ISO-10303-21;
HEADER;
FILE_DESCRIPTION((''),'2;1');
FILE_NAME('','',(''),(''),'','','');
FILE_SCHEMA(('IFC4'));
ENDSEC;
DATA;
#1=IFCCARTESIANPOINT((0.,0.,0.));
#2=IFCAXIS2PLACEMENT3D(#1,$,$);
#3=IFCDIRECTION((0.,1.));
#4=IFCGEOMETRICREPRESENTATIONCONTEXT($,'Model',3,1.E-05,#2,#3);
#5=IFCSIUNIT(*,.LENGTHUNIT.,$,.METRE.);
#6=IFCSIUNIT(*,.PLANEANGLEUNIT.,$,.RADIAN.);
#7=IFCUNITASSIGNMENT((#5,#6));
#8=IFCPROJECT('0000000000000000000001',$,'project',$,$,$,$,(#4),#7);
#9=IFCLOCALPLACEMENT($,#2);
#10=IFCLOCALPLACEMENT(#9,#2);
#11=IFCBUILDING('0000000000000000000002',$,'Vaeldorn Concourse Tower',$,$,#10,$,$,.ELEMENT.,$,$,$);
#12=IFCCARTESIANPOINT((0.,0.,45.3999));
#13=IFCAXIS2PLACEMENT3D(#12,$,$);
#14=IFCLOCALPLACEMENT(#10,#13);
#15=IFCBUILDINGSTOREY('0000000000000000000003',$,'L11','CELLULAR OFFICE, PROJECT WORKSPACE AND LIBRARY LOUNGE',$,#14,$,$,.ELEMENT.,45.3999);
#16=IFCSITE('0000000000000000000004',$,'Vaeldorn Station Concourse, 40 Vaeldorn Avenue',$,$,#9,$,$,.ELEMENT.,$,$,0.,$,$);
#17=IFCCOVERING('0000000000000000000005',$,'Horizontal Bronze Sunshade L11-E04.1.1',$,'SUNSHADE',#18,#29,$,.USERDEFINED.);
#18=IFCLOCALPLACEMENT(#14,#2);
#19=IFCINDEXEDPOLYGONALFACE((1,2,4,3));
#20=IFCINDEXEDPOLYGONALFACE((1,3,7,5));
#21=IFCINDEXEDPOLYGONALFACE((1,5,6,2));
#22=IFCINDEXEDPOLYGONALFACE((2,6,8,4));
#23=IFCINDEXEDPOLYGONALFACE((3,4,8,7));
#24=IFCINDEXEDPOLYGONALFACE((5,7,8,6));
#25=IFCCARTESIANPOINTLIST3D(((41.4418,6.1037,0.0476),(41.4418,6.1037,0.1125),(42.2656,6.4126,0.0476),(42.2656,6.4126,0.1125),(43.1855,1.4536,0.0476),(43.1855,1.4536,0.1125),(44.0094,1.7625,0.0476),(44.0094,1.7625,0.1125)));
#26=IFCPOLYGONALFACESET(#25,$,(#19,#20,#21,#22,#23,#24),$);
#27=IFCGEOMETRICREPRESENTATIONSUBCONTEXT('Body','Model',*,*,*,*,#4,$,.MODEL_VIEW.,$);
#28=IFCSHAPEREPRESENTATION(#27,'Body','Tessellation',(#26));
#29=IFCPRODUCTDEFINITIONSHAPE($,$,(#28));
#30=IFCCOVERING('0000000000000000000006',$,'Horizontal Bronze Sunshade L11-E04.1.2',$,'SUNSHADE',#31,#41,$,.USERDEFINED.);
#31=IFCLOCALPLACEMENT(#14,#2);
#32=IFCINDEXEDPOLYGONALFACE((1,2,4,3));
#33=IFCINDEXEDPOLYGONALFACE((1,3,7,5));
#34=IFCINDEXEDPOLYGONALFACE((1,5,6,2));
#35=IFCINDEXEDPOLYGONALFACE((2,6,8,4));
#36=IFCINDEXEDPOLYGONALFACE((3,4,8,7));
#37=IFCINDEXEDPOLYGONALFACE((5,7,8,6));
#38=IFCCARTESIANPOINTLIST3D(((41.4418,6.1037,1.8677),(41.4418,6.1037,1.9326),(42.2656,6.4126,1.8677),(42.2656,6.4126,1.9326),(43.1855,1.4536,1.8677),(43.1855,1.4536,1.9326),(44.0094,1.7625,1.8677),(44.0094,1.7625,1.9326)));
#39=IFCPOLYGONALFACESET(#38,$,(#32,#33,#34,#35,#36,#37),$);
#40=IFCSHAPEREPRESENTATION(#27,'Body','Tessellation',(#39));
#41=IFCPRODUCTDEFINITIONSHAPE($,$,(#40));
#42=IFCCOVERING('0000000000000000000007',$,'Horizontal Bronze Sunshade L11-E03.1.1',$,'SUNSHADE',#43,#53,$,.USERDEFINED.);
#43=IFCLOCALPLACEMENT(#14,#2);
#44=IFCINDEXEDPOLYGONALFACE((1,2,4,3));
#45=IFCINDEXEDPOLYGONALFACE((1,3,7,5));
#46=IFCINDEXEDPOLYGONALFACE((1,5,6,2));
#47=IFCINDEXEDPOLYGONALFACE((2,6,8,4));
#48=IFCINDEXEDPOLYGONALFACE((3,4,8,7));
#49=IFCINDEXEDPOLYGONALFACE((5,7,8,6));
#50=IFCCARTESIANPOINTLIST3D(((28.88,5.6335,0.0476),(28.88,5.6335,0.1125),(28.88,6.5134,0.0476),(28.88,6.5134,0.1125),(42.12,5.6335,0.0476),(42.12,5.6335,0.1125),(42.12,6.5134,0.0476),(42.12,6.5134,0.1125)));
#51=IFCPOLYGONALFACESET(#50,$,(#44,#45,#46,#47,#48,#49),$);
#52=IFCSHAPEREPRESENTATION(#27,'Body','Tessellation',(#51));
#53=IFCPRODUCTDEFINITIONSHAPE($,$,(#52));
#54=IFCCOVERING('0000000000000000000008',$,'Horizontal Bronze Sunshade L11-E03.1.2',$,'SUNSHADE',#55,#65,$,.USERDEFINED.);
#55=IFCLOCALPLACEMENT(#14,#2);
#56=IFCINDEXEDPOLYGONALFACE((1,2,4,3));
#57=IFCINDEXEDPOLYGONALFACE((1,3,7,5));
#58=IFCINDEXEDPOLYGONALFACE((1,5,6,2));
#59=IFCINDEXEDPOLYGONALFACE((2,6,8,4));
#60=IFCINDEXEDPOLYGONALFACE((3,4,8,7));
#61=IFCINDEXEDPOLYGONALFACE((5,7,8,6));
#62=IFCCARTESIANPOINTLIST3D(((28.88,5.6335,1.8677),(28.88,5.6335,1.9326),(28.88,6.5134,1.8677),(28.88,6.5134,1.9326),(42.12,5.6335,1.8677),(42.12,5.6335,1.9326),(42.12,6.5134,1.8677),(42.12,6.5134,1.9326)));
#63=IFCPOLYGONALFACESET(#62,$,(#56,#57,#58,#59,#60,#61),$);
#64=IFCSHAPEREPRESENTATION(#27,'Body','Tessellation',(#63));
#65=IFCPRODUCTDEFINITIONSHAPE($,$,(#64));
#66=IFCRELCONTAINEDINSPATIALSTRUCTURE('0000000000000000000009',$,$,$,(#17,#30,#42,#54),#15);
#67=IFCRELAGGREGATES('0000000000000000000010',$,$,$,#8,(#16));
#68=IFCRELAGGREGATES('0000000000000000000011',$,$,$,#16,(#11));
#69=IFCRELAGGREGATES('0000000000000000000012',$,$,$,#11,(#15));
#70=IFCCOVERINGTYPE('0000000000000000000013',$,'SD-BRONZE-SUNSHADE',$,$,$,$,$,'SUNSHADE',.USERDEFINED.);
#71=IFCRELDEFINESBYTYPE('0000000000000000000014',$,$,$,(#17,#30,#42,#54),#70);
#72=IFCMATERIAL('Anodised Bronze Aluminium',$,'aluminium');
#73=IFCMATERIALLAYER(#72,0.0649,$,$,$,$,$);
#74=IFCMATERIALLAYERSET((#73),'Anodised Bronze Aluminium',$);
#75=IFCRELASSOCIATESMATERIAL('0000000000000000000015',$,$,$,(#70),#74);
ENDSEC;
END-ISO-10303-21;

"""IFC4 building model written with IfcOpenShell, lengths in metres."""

from ifc_helpers import new_model, si_unit, direction, frame, origin, origin_2d, place, context, subcontext, project, spatial, rectangle, extrude, source, transform, mapped, material, layer, layer_set, type_object, element, save


model = new_model("IFC4")

# Units and contexts
model_context = context("Model", 3, precision=1e-05, world=origin(), true_north=direction((0.0, 1.0)))
body_context = subcontext(model_context, "Body", "Model", "MODEL_VIEW")
ifc_project = project(units=[si_unit("LENGTHUNIT", "METRE"), si_unit("PLANEANGLEUNIT", "RADIAN")], contexts=[model_context])

# Site, building, storey
site_placement = place(None, origin())
site = spatial("IfcSite", under=ifc_project, at=site_placement, Name="Vaeldorn Station Concourse, 40 Vaeldorn Avenue", CompositionType="ELEMENT", RefElevation=0.0)
building_placement = place(site_placement, origin())
building = spatial("IfcBuilding", under=site, at=building_placement, Name="Vaeldorn Concourse Tower", CompositionType="ELEMENT")
storey_placement = place(building_placement, frame((0.0, 0.0, 45.3999)))
storey = spatial("IfcBuildingStorey", under=building, at=storey_placement, Name="L11", Description="CELLULAR OFFICE, PROJECT WORKSPACE AND LIBRARY LOUNGE", CompositionType="ELEMENT", Elevation=45.3999)

# Shared definitions
ifc_material_1 = material(Name="Anodised Bronze Aluminium", Category="aluminium")

# Coverings
ifc_layer_1 = layer(ifc_material_1, 0.0649)
ifc_layer_set_1 = layer_set([ifc_layer_1], Name="Anodised Bronze Aluminium")
covering_type = type_object("IfcCoveringType", Name="SD-BRONZE-SUNSHADE", ElementType="SUNSHADE", PredefinedType="USERDEFINED", material=ifc_layer_set_1)
shared_shape_1 = source(origin(), body_context, "Body", "SweptSolid", [
    extrude(rectangle(XDim=4.9663, YDim=0.8799, at=origin_2d()), origin(), (0.0, 0.0, 1.0), 0.0649),
])
for number, where, z_axis, x_axis, name in (
    (1, (42.7256, 3.9331, 0.0476), (0.0, 0.0, 1.0), (0.351123, -0.936329, 0.0), "Horizontal Bronze Sunshade L11-E04.1.1"),
    (2, (42.7256, 3.9331, 1.8677), (0.0, 0.0, 1.0), (0.351123, -0.936329, 0.0), "Horizontal Bronze Sunshade L11-E04.1.2"),
):
    element("IfcCovering", number, at=place(storey_placement, frame(where, z_axis=z_axis, x_axis=x_axis)), inside=storey, type_object=covering_type, Name=name, ObjectType="SUNSHADE", PredefinedType="USERDEFINED", context=body_context, shape_type="MappedRepresentation", body=[
        mapped(shared_shape_1, transform((0.0, 0.0, 0.0), scale=1.0)),
    ])
shared_shape_2 = source(origin(), body_context, "Body", "SweptSolid", [
    extrude(rectangle(XDim=13.24, YDim=0.8799, at=origin_2d()), origin(), (0.0, 0.0, 1.0), 0.0649),
])
for number, where, z_axis, x_axis, name in (
    (3, (35.5, 6.0735, 0.0476), (0.0, 0.0, 1.0), (1.0, 0.0, 0.0), "Horizontal Bronze Sunshade L11-E03.1.1"),
    (4, (35.5, 6.0735, 1.8677), (0.0, 0.0, 1.0), (1.0, 0.0, 0.0), "Horizontal Bronze Sunshade L11-E03.1.2"),
):
    element("IfcCovering", number, at=place(storey_placement, frame(where, z_axis=z_axis, x_axis=x_axis)), inside=storey, type_object=covering_type, Name=name, ObjectType="SUNSHADE", PredefinedType="USERDEFINED", context=body_context, shape_type="MappedRepresentation", body=[
        mapped(shared_shape_2, transform((0.0, 0.0, 0.0), scale=1.0)),
    ])

save(model, "model.ifc")
